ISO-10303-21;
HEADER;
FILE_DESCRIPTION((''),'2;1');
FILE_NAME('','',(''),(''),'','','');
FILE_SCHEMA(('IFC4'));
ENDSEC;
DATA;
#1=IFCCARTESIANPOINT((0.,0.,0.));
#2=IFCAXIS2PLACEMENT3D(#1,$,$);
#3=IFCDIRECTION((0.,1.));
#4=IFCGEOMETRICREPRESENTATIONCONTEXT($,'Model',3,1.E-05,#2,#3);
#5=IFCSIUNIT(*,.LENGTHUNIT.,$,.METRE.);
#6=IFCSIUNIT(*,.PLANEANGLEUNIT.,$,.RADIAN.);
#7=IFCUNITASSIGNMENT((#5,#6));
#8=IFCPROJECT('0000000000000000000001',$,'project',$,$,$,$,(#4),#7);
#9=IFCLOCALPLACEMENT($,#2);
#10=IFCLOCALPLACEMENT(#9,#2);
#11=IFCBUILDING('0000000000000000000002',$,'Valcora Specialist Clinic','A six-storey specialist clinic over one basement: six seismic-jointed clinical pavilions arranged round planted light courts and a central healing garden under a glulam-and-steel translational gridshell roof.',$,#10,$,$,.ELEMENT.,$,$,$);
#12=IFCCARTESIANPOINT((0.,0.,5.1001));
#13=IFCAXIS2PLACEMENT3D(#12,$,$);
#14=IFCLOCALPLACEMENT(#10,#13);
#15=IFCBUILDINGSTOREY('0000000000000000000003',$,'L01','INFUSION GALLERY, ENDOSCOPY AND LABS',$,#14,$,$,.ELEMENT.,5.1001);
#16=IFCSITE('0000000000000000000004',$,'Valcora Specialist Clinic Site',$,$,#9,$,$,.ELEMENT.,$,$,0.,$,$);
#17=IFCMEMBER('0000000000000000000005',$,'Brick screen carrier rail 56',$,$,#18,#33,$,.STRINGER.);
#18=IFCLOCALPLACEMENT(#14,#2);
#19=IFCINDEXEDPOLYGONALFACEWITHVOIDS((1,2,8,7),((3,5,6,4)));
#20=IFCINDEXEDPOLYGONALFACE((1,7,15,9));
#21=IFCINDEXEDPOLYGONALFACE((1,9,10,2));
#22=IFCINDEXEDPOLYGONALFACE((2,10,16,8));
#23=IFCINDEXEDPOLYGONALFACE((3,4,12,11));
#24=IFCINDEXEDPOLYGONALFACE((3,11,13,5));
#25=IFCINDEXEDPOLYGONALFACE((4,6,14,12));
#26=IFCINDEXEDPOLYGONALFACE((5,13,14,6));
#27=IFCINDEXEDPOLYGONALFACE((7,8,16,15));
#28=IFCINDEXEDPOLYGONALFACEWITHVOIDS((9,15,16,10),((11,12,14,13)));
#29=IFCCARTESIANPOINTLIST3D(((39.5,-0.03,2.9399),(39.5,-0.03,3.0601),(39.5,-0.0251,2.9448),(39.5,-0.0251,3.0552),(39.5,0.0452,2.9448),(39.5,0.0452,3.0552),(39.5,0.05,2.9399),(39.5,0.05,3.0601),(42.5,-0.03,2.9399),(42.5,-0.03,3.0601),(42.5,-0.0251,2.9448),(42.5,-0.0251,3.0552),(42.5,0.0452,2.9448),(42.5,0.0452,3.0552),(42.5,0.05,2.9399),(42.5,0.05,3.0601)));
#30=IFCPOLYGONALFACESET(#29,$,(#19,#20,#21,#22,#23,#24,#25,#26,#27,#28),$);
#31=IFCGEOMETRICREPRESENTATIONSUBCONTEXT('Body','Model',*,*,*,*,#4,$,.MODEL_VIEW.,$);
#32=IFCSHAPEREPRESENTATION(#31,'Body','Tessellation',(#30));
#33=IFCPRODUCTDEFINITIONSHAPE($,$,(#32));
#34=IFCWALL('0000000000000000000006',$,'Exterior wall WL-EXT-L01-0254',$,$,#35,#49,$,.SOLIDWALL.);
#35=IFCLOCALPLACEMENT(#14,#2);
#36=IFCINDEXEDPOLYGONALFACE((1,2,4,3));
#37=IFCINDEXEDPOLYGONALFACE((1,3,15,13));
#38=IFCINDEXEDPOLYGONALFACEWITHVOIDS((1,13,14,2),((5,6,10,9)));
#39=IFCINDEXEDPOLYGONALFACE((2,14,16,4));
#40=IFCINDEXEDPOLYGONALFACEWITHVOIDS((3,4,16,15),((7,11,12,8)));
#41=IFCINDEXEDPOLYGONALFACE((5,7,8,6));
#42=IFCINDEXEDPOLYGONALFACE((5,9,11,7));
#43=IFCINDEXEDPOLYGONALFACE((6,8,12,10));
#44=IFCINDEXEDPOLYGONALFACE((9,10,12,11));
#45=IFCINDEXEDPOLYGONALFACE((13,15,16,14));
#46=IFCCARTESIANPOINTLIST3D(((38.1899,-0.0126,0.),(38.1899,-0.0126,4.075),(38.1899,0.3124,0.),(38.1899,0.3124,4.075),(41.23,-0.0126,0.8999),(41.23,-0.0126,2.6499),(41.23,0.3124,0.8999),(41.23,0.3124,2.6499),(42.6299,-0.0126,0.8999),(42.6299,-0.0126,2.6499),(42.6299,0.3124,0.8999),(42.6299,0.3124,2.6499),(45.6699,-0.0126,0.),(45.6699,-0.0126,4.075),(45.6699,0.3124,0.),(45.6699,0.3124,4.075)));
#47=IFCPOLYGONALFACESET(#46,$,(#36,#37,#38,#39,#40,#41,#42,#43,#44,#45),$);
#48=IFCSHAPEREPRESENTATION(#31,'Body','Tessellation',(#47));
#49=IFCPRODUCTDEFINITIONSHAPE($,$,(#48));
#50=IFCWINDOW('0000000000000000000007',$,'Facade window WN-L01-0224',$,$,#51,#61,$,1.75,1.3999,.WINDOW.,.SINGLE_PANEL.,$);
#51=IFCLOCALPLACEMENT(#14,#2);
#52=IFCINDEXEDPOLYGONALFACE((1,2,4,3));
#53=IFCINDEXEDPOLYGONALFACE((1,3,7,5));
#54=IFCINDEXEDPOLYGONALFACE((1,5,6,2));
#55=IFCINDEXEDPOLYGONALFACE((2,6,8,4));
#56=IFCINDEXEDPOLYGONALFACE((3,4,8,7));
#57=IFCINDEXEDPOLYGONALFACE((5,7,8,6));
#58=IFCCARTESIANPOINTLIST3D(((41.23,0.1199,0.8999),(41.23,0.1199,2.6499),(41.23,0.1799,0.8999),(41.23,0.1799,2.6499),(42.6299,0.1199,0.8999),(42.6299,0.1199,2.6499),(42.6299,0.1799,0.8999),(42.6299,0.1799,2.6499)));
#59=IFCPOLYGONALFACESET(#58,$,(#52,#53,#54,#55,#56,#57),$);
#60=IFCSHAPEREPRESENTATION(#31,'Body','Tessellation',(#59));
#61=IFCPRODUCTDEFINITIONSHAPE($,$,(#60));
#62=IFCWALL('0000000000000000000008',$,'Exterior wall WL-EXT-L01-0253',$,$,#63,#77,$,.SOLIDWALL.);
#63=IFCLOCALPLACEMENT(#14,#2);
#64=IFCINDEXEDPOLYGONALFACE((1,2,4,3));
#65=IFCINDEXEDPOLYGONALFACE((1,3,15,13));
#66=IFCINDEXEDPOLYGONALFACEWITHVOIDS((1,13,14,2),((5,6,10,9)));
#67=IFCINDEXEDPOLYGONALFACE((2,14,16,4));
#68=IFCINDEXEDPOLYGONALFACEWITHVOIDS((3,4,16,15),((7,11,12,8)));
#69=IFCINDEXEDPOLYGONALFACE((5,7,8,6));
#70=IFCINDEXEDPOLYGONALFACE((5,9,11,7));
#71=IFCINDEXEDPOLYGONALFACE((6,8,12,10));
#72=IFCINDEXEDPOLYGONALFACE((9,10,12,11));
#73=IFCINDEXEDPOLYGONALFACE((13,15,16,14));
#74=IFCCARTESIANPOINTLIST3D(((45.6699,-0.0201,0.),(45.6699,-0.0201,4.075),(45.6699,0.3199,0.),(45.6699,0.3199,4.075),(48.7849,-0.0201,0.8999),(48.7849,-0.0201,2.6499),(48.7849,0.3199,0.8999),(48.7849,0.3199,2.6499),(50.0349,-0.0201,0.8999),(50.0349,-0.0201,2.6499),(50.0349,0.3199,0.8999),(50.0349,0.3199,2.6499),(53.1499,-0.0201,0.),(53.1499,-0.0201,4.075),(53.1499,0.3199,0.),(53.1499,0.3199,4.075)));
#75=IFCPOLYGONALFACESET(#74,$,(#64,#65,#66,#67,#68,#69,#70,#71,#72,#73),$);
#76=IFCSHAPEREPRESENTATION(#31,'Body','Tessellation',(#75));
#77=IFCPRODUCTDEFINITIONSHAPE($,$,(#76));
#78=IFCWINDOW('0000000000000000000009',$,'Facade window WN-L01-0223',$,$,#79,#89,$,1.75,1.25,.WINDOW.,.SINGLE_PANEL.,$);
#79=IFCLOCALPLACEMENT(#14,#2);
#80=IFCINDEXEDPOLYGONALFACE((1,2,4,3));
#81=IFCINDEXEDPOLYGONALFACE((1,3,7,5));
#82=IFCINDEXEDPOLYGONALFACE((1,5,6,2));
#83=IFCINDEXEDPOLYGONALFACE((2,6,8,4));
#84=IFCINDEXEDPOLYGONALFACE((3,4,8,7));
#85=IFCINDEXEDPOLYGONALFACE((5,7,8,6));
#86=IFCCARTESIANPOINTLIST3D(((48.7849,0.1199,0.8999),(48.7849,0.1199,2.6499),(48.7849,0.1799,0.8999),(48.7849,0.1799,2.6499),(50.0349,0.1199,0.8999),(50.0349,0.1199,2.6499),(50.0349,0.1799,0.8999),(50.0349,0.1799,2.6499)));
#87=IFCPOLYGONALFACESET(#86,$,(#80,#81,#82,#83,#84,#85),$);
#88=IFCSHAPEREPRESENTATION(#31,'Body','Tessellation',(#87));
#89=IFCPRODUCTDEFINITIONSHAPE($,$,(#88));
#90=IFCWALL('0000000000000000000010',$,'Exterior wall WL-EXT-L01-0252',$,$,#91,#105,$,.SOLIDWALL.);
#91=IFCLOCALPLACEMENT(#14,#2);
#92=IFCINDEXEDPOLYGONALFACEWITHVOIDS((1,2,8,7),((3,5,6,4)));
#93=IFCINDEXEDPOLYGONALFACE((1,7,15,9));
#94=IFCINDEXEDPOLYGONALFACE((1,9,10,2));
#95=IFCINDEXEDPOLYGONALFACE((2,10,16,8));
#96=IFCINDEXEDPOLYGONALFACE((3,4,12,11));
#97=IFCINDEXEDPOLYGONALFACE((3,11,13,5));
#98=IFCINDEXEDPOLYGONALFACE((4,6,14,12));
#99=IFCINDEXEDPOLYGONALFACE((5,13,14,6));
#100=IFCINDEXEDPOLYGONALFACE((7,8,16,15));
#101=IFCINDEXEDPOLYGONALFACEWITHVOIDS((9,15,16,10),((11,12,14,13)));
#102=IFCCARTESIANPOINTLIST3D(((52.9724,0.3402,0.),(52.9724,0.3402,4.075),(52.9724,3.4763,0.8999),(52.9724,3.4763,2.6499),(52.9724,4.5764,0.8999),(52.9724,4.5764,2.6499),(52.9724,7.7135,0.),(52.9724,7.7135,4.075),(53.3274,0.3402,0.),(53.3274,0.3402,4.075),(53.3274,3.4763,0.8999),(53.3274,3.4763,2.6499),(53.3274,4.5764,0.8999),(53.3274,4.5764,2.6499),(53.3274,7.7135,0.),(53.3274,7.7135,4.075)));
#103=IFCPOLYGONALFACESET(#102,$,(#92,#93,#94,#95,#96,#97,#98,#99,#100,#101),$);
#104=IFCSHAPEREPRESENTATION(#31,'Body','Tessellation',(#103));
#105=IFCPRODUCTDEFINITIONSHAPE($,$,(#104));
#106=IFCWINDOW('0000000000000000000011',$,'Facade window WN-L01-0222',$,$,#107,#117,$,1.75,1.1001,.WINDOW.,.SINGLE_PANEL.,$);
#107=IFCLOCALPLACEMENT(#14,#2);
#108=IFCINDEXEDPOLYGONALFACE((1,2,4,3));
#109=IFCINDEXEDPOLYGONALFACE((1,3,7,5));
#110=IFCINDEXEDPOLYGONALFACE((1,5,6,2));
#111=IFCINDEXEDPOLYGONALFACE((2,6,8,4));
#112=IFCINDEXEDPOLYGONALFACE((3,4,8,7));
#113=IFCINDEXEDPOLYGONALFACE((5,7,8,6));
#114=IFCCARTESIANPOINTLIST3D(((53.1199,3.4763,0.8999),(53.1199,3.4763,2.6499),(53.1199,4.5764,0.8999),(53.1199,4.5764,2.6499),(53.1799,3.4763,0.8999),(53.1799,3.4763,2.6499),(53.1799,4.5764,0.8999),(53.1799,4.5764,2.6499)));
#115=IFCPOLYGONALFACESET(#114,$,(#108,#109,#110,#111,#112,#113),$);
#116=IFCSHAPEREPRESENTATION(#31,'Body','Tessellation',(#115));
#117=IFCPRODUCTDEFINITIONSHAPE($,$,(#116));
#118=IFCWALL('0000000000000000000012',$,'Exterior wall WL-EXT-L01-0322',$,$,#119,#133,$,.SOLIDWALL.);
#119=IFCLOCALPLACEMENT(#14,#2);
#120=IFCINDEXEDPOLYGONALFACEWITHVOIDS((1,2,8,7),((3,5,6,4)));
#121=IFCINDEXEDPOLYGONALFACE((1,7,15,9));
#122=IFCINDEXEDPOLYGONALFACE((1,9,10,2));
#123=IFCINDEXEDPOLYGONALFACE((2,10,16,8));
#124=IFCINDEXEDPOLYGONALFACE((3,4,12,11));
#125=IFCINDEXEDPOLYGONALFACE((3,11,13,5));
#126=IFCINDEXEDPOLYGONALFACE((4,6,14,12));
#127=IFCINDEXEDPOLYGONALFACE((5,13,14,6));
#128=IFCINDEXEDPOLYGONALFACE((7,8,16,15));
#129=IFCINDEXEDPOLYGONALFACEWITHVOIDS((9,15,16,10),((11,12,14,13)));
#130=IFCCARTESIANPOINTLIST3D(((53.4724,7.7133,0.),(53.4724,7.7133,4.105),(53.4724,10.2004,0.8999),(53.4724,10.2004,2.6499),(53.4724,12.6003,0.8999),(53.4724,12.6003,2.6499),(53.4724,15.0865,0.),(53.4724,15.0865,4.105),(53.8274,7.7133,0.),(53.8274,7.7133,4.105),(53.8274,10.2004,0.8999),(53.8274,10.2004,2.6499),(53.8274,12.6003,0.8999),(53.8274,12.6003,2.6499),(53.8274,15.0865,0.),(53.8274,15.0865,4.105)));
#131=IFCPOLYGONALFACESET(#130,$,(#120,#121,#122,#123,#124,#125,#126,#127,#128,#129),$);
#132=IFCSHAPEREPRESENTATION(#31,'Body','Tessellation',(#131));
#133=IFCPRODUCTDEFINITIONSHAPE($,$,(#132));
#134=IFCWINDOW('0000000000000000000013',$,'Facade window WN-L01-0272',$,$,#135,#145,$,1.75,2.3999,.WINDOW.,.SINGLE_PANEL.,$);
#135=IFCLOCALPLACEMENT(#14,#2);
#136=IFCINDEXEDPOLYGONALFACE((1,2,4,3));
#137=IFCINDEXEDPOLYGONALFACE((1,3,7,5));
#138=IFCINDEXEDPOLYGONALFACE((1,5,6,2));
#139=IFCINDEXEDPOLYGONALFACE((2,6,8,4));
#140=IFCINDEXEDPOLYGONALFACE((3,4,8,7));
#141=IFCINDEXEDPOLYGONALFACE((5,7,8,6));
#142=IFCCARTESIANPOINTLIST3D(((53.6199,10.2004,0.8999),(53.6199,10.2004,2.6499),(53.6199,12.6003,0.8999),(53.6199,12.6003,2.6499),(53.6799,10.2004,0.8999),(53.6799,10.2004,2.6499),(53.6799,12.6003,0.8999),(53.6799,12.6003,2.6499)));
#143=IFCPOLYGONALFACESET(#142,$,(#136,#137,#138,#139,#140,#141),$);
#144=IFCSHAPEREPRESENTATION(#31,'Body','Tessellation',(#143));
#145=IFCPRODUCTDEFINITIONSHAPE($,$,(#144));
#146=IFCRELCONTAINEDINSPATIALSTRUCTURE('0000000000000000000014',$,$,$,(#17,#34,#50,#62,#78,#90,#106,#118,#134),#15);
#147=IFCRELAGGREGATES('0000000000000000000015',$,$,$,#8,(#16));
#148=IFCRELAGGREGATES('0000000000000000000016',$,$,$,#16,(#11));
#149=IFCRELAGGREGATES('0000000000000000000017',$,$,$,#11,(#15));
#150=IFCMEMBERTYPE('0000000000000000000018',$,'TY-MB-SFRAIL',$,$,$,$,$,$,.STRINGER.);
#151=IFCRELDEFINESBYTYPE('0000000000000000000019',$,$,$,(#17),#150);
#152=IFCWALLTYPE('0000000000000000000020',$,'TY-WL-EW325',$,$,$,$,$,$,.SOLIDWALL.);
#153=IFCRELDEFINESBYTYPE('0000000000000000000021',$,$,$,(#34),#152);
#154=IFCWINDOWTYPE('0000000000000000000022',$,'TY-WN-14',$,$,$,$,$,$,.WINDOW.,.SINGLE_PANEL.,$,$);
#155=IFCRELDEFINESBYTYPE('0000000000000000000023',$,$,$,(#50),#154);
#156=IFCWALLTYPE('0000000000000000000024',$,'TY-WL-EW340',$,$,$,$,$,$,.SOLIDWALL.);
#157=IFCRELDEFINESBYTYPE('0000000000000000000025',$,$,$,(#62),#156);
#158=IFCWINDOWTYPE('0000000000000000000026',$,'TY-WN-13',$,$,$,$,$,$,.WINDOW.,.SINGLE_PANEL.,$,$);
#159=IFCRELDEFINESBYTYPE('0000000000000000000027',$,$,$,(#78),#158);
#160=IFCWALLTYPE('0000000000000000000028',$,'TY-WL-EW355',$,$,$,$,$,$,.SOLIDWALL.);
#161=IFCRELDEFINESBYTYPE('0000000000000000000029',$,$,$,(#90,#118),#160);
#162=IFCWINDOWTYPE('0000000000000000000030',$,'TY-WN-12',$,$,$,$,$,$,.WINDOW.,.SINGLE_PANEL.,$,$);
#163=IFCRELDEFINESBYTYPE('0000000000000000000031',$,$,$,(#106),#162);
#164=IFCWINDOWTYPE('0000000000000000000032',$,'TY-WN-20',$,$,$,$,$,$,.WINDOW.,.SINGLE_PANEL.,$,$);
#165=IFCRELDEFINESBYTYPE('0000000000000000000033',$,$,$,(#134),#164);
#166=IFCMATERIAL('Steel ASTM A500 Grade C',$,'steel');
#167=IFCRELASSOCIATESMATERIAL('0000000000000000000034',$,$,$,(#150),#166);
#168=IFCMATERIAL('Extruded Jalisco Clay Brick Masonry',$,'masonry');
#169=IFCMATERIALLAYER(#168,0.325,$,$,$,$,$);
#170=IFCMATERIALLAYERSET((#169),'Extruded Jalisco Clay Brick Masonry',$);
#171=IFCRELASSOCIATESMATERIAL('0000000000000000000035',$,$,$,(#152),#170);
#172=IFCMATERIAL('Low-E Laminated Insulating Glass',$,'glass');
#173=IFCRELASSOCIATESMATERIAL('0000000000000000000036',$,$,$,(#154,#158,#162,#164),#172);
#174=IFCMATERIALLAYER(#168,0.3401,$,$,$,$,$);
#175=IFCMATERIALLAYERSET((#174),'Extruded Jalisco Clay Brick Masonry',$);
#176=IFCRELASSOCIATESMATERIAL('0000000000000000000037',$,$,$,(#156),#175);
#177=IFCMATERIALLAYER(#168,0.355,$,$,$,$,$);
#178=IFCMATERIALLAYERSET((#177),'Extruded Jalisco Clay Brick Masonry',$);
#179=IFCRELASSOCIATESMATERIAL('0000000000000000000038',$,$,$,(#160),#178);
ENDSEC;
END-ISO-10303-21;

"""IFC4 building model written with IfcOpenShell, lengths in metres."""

from ifc_helpers import new_model, si_unit, direction, frame, frame_2d, origin, origin_2d, place, context, subcontext, project, spatial, rectangle, hollow_rectangle, extrude, material, layer, layer_set, material_profile, profile_set, type_object, element, fill, save


model = new_model("IFC4")

# Units and contexts
model_context = context("Model", 3, precision=1e-05, world=origin(), true_north=direction((0.0, 1.0)))
body_context = subcontext(model_context, "Body", "Model", "MODEL_VIEW")
ifc_project = project(units=[si_unit("LENGTHUNIT", "METRE"), si_unit("PLANEANGLEUNIT", "RADIAN")], contexts=[model_context])

# Site, building, storey
site_placement = place(None, origin())
site = spatial("IfcSite", under=ifc_project, at=site_placement, Name="Valcora Specialist Clinic Site", CompositionType="ELEMENT", RefElevation=0.0)
building_placement = place(site_placement, origin())
building = spatial("IfcBuilding", under=site, at=building_placement, Name="Valcora Specialist Clinic", Description="A six-storey specialist clinic over one basement: six seismic-jointed clinical pavilions arranged round planted light courts and a central healing garden under a glulam-and-steel translational gridshell roof.", CompositionType="ELEMENT")
storey_placement = place(building_placement, frame((0.0, 0.0, 5.1001)))
storey = spatial("IfcBuildingStorey", under=building, at=storey_placement, Name="L01", Description="INFUSION GALLERY, ENDOSCOPY AND LABS", CompositionType="ELEMENT", Elevation=5.1001)

# Member
ifc_material_1 = material(Name="Steel ASTM A500 Grade C", Category="steel")
ifc_material_profile_1 = material_profile(ifc_material_1, hollow_rectangle(XDim=0.0801, YDim=0.1201, WallThickness=0.0049, at=origin_2d()), Name="ST-RHS-120X80X5")
ifc_profile_set_1 = profile_set([ifc_material_profile_1], Name="Steel ASTM A500 Grade C")
member_type_1 = type_object("IfcMemberType", Name="TY-MB-SFRAIL", PredefinedType="STRINGER", material=ifc_profile_set_1)
for number, where, z_axis, x_axis, name in (
    (1, (39.5, 0.01, 3.0), (1.0, 0.0, 0.0), (0.0, 1.0, 0.0), "Brick screen carrier rail 56"),
):
    element("IfcMember", number, at=place(storey_placement, frame(where, z_axis=z_axis, x_axis=x_axis)), inside=storey, type_object=member_type_1, Name=name, PredefinedType="STRINGER", context=body_context, shape_type="SweptSolid", body=[
        extrude(hollow_rectangle(XDim=0.0801, YDim=0.1201, WallThickness=0.0049, at=origin_2d()), origin(), (0.0, 0.0, 1.0), 3.0),
    ])

# Walls, openings, windows
ifc_material_2 = material(Name="Extruded Jalisco Clay Brick Masonry", Category="masonry")
ifc_layer_1 = layer(ifc_material_2, 0.325)
ifc_layer_set_1 = layer_set([ifc_layer_1], Name="Extruded Jalisco Clay Brick Masonry")
wall_type_1 = type_object("IfcWallType", Name="TY-WL-EW325", PredefinedType="SOLIDWALL", material=ifc_layer_set_1)
wall_1_placement = place(storey_placement, frame((45.6699, 0.1499, 0.0), z_axis=(0.0, 0.0, 1.0), x_axis=(-1.0, 0.0, 0.0)))
wall_1 = element("IfcWall", 2, at=wall_1_placement, inside=storey, type_object=wall_type_1, Name="Exterior wall WL-EXT-L01-0254", PredefinedType="SOLIDWALL", context=body_context, shape_type="SweptSolid", body=[
    extrude(rectangle(XDim=7.48, YDim=0.325, at=frame_2d((3.74, 0.0))), origin(), (0.0, 0.0, 1.0), 4.075),
])
opening_1_placement = place(wall_1_placement, frame((3.04, 0.0, 0.8999)))
opening_1 = element("IfcOpeningElement", 3, at=opening_1_placement, cuts=wall_1, PredefinedType="OPENING", context=body_context, shape_type="SweptSolid", body=[
    extrude(rectangle(XDim=1.3999, YDim=1.75, at=frame_2d((0.7, 0.875))), frame((0.0, 0.1724, 0.0), z_axis=(0.0, -1.0, 0.0), x_axis=(1.0, 0.0, 0.0)), (0.0, 0.0, 1.0), 0.345),
])
ifc_material_3 = material(Name="Low-E Laminated Insulating Glass", Category="glass")
window_type_1 = type_object("IfcWindowType", Name="TY-WN-14", PartitioningType="SINGLE_PANEL", PredefinedType="WINDOW", material=ifc_material_3)
window_1_placement = place(opening_1_placement, origin())
window_1 = element("IfcWindow", 4, at=window_1_placement, inside=storey, type_object=window_type_1, Name="Facade window WN-L01-0224", OverallHeight=1.75, OverallWidth=1.3999, PartitioningType="SINGLE_PANEL", PredefinedType="WINDOW", context=body_context, shape_type="SweptSolid", body=[
    extrude(rectangle(XDim=1.3999, YDim=1.75, at=frame_2d((0.7, 0.875))), frame((0.0, 0.03, 0.0), z_axis=(0.0, -1.0, 0.0), x_axis=(1.0, 0.0, 0.0)), (0.0, 0.0, 1.0), 0.0601),
])
fill(opening_1, window_1)
ifc_layer_2 = layer(ifc_material_2, 0.3401)
ifc_layer_set_2 = layer_set([ifc_layer_2], Name="Extruded Jalisco Clay Brick Masonry")
wall_type_2 = type_object("IfcWallType", Name="TY-WL-EW340", PredefinedType="SOLIDWALL", material=ifc_layer_set_2)
wall_2_placement = place(storey_placement, frame((53.1499, 0.1499, 0.0), z_axis=(0.0, 0.0, 1.0), x_axis=(-1.0, 0.0, 0.0)))
wall_2 = element("IfcWall", 5, at=wall_2_placement, inside=storey, type_object=wall_type_2, Name="Exterior wall WL-EXT-L01-0253", PredefinedType="SOLIDWALL", context=body_context, shape_type="SweptSolid", body=[
    extrude(rectangle(XDim=7.48, YDim=0.3401, at=frame_2d((3.74, 0.0))), origin(), (0.0, 0.0, 1.0), 4.075),
])
opening_2_placement = place(wall_2_placement, frame((3.115, 0.0, 0.8999)))
opening_2 = element("IfcOpeningElement", 6, at=opening_2_placement, cuts=wall_2, PredefinedType="OPENING", context=body_context, shape_type="SweptSolid", body=[
    extrude(rectangle(XDim=1.25, YDim=1.75, at=frame_2d((0.625, 0.875))), frame((0.0, 0.1799, 0.0), z_axis=(0.0, -1.0, 0.0), x_axis=(1.0, 0.0, 0.0)), (0.0, 0.0, 1.0), 0.3601),
])
window_type_2 = type_object("IfcWindowType", Name="TY-WN-13", PartitioningType="SINGLE_PANEL", PredefinedType="WINDOW", material=ifc_material_3)
window_2_placement = place(opening_2_placement, origin())
window_2 = element("IfcWindow", 7, at=window_2_placement, inside=storey, type_object=window_type_2, Name="Facade window WN-L01-0223", OverallHeight=1.75, OverallWidth=1.25, PartitioningType="SINGLE_PANEL", PredefinedType="WINDOW", context=body_context, shape_type="SweptSolid", body=[
    extrude(rectangle(XDim=1.25, YDim=1.75, at=frame_2d((0.625, 0.875))), frame((0.0, 0.03, 0.0), z_axis=(0.0, -1.0, 0.0), x_axis=(1.0, 0.0, 0.0)), (0.0, 0.0, 1.0), 0.0601),
])
fill(opening_2, window_2)
ifc_layer_3 = layer(ifc_material_2, 0.355)
ifc_layer_set_3 = layer_set([ifc_layer_3], Name="Extruded Jalisco Clay Brick Masonry")
wall_type_3 = type_object("IfcWallType", Name="TY-WL-EW355", PredefinedType="SOLIDWALL", material=ifc_layer_set_3)
wall_3_placement = place(storey_placement, frame((53.1499, 7.7134, 0.0), z_axis=(0.0, 0.0, 1.0), x_axis=(0.0, -1.0, 0.0)))
wall_3 = element("IfcWall", 8, at=wall_3_placement, inside=storey, type_object=wall_type_3, Name="Exterior wall WL-EXT-L01-0252", PredefinedType="SOLIDWALL", context=body_context, shape_type="SweptSolid", body=[
    extrude(rectangle(XDim=7.3733, YDim=0.355, at=frame_2d((3.6865, 0.0))), origin(), (0.0, 0.0, 1.0), 4.075),
])
opening_3_placement = place(wall_3_placement, frame((3.137, 0.0, 0.8999)))
opening_3 = element("IfcOpeningElement", 9, at=opening_3_placement, cuts=wall_3, PredefinedType="OPENING", context=body_context, shape_type="SweptSolid", body=[
    extrude(rectangle(XDim=1.1001, YDim=1.75, at=frame_2d((0.55, 0.875))), frame((0.0, 0.1875, 0.0), z_axis=(0.0, -1.0, 0.0), x_axis=(1.0, 0.0, 0.0)), (0.0, 0.0, 1.0), 0.375),
])
window_type_3 = type_object("IfcWindowType", Name="TY-WN-12", PartitioningType="SINGLE_PANEL", PredefinedType="WINDOW", material=ifc_material_3)
window_3_placement = place(opening_3_placement, origin())
window_3 = element("IfcWindow", 10, at=window_3_placement, inside=storey, type_object=window_type_3, Name="Facade window WN-L01-0222", OverallHeight=1.75, OverallWidth=1.1001, PartitioningType="SINGLE_PANEL", PredefinedType="WINDOW", context=body_context, shape_type="SweptSolid", body=[
    extrude(rectangle(XDim=1.1001, YDim=1.75, at=frame_2d((0.55, 0.875))), frame((0.0, 0.03, 0.0), z_axis=(0.0, -1.0, 0.0), x_axis=(1.0, 0.0, 0.0)), (0.0, 0.0, 1.0), 0.0601),
])
fill(opening_3, window_3)
wall_4_placement = place(storey_placement, frame((53.6499, 7.7134, 0.0), z_axis=(0.0, 0.0, 1.0), x_axis=(0.0, 1.0, 0.0)))
wall_4 = element("IfcWall", 11, at=wall_4_placement, inside=storey, type_object=wall_type_3, Name="Exterior wall WL-EXT-L01-0322", PredefinedType="SOLIDWALL", context=body_context, shape_type="SweptSolid", body=[
    extrude(rectangle(XDim=7.3733, YDim=0.355, at=frame_2d((3.6865, 0.0))), origin(), (0.0, 0.0, 1.0), 4.105),
])
opening_4_placement = place(wall_4_placement, frame((2.4871, 0.0, 0.8999)))
opening_4 = element("IfcOpeningElement", 12, at=opening_4_placement, cuts=wall_4, PredefinedType="OPENING", context=body_context, shape_type="SweptSolid", body=[
    extrude(rectangle(XDim=2.3999, YDim=1.75, at=frame_2d((1.2, 0.875))), frame((0.0, 0.1875, 0.0), z_axis=(0.0, -1.0, 0.0), x_axis=(1.0, 0.0, 0.0)), (0.0, 0.0, 1.0), 0.375),
])
window_type_4 = type_object("IfcWindowType", Name="TY-WN-20", PartitioningType="SINGLE_PANEL", PredefinedType="WINDOW", material=ifc_material_3)
window_4_placement = place(opening_4_placement, origin())
window_4 = element("IfcWindow", 13, at=window_4_placement, inside=storey, type_object=window_type_4, Name="Facade window WN-L01-0272", OverallHeight=1.75, OverallWidth=2.3999, PartitioningType="SINGLE_PANEL", PredefinedType="WINDOW", context=body_context, shape_type="SweptSolid", body=[
    extrude(rectangle(XDim=2.3999, YDim=1.75, at=frame_2d((1.2, 0.875))), frame((0.0, 0.03, 0.0), z_axis=(0.0, -1.0, 0.0), x_axis=(1.0, 0.0, 0.0)), (0.0, 0.0, 1.0), 0.0601),
])
fill(opening_4, window_4)

save(model, "model.ifc")
